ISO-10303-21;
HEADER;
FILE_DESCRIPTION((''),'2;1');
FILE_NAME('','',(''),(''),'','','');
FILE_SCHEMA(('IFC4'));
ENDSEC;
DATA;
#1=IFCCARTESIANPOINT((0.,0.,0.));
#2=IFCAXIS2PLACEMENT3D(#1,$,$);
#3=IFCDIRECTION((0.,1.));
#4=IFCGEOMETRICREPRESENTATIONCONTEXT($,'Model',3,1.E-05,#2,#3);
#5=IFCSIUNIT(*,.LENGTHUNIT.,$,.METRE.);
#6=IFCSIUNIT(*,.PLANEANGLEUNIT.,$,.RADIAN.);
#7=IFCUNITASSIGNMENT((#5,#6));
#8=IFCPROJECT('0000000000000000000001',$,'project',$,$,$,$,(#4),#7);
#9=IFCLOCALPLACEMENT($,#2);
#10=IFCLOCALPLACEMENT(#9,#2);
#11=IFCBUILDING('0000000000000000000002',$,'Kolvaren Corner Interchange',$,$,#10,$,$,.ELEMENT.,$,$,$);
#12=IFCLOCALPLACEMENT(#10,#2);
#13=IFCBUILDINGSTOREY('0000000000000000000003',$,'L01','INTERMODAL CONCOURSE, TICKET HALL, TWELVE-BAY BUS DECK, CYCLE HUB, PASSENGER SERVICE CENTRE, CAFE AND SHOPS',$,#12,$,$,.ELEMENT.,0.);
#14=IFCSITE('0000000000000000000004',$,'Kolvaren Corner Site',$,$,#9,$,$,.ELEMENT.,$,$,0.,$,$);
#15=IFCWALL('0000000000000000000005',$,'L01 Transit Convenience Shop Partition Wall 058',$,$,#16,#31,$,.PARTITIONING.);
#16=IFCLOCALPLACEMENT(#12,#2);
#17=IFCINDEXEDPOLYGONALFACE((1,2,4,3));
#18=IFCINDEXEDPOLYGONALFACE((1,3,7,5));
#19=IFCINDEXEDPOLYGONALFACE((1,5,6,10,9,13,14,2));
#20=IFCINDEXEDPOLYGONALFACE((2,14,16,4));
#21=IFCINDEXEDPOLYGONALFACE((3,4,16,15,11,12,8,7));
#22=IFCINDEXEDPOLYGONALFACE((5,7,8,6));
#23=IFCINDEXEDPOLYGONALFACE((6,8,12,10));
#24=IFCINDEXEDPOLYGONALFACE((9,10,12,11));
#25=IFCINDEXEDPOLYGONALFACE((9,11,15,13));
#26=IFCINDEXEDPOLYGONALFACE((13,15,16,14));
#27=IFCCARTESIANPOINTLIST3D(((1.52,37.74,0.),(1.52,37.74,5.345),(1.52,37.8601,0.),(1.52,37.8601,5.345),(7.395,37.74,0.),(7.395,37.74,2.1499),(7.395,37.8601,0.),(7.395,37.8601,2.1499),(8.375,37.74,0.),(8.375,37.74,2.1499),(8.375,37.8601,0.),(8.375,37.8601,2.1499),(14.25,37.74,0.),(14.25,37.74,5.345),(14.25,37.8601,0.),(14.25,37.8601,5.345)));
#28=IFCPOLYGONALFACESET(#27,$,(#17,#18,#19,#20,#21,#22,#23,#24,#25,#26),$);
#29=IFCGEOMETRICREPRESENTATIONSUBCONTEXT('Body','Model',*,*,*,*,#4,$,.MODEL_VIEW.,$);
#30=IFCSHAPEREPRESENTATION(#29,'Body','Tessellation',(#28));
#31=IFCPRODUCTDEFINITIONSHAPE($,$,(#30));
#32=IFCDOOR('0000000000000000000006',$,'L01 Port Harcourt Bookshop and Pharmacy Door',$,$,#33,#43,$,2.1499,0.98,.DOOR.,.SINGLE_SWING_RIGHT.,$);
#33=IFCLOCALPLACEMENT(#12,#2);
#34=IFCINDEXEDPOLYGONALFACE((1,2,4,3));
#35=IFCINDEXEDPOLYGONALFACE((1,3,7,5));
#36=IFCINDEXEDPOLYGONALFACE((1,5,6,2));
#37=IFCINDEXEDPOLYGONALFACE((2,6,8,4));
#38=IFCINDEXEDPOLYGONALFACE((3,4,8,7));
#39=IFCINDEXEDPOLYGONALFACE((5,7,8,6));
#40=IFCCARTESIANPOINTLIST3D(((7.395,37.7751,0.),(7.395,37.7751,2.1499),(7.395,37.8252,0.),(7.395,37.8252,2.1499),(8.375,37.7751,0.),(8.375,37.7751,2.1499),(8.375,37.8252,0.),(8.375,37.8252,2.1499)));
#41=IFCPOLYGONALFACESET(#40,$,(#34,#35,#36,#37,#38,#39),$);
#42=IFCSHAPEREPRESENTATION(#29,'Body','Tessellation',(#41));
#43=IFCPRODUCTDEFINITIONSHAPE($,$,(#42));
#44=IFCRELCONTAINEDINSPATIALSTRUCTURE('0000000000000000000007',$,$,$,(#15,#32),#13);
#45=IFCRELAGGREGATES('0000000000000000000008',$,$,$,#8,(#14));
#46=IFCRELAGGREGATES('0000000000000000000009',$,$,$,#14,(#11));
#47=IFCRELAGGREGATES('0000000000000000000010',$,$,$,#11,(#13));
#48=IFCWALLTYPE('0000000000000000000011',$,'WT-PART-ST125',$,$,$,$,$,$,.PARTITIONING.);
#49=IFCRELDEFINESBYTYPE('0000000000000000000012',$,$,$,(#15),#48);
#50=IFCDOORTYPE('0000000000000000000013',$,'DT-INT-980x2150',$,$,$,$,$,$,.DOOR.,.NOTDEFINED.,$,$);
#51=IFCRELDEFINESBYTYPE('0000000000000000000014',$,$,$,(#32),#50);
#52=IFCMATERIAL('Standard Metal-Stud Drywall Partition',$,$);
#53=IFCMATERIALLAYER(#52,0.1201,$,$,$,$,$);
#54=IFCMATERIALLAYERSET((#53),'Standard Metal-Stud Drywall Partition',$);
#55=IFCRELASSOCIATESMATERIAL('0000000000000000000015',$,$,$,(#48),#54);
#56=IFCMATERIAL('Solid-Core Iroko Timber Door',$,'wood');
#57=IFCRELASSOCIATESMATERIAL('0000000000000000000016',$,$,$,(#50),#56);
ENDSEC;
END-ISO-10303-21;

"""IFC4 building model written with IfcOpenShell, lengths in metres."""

from ifc_helpers import new_model, si_unit, direction, frame, frame_2d, origin, place, context, subcontext, project, spatial, rectangle, extrude, material, layer, layer_set, type_object, element, fill, save


model = new_model("IFC4")

# Units and contexts
model_context = context("Model", 3, precision=1e-05, world=origin(), true_north=direction((0.0, 1.0)))
body_context = subcontext(model_context, "Body", "Model", "MODEL_VIEW")
ifc_project = project(units=[si_unit("LENGTHUNIT", "METRE"), si_unit("PLANEANGLEUNIT", "RADIAN")], contexts=[model_context])

# Site, building, storey
site_placement = place(None, origin())
site = spatial("IfcSite", under=ifc_project, at=site_placement, Name="Kolvaren Corner Site", CompositionType="ELEMENT", RefElevation=0.0)
building_placement = place(site_placement, origin())
building = spatial("IfcBuilding", under=site, at=building_placement, Name="Kolvaren Corner Interchange", CompositionType="ELEMENT")
storey_placement = place(building_placement, origin())
storey = spatial("IfcBuildingStorey", under=building, at=storey_placement, Name="L01", Description="INTERMODAL CONCOURSE, TICKET HALL, TWELVE-BAY BUS DECK, CYCLE HUB, PASSENGER SERVICE CENTRE, CAFE AND SHOPS", CompositionType="ELEMENT", Elevation=0.0)

# Wall, opening, door
ifc_material_1 = material(Name="Standard Metal-Stud Drywall Partition")
ifc_layer_1 = layer(ifc_material_1, 0.1201)
ifc_layer_set_1 = layer_set([ifc_layer_1], Name="Standard Metal-Stud Drywall Partition")
wall_type_1 = type_object("IfcWallType", Name="WT-PART-ST125", PredefinedType="PARTITIONING", material=ifc_layer_set_1)
wall_1_placement = place(storey_placement, frame((14.25, 37.8, 0.0), z_axis=(0.0, 0.0, 1.0), x_axis=(-1.0, 0.0, 0.0)))
wall_1 = element("IfcWall", 1, at=wall_1_placement, inside=storey, type_object=wall_type_1, Name="L01 Transit Convenience Shop Partition Wall 058", PredefinedType="PARTITIONING", context=body_context, shape_type="SweptSolid", body=[
    extrude(rectangle(XDim=12.73, YDim=0.1201, at=frame_2d((6.365, 0.0))), origin(), (0.0, 0.0, 1.0), 5.345),
])
opening_1_placement = place(wall_1_placement, frame((5.875, 0.0, 0.0)))
opening_1 = element("IfcOpeningElement", 2, at=opening_1_placement, cuts=wall_1, PredefinedType="OPENING", context=body_context, shape_type="SweptSolid", body=[
    extrude(rectangle(XDim=0.98, YDim=2.1499, at=frame_2d((0.49, 1.075))), frame((0.0, 0.0701, 0.0), z_axis=(0.0, -1.0, 0.0), x_axis=(1.0, 0.0, 0.0)), (0.0, 0.0, 1.0), 0.1401),
])
ifc_material_2 = material(Name="Solid-Core Iroko Timber Door", Category="wood")
door_type = type_object("IfcDoorType", Name="DT-INT-980x2150", OperationType="NOTDEFINED", PredefinedType="DOOR", material=ifc_material_2)
door_placement = place(opening_1_placement, origin())
door = element("IfcDoor", 3, at=door_placement, inside=storey, type_object=door_type, Name="L01 Port Harcourt Bookshop and Pharmacy Door", OperationType="SINGLE_SWING_RIGHT", OverallHeight=2.1499, OverallWidth=0.98, PredefinedType="DOOR", context=body_context, shape_type="SweptSolid", body=[
    extrude(rectangle(XDim=0.98, YDim=2.1499, at=frame_2d((0.49, 1.075))), frame((0.0, 0.0249, 0.0), z_axis=(0.0, -1.0, 0.0), x_axis=(1.0, 0.0, 0.0)), (0.0, 0.0, 1.0), 0.05),
])
fill(opening_1, door)

save(model, "model.ifc")
